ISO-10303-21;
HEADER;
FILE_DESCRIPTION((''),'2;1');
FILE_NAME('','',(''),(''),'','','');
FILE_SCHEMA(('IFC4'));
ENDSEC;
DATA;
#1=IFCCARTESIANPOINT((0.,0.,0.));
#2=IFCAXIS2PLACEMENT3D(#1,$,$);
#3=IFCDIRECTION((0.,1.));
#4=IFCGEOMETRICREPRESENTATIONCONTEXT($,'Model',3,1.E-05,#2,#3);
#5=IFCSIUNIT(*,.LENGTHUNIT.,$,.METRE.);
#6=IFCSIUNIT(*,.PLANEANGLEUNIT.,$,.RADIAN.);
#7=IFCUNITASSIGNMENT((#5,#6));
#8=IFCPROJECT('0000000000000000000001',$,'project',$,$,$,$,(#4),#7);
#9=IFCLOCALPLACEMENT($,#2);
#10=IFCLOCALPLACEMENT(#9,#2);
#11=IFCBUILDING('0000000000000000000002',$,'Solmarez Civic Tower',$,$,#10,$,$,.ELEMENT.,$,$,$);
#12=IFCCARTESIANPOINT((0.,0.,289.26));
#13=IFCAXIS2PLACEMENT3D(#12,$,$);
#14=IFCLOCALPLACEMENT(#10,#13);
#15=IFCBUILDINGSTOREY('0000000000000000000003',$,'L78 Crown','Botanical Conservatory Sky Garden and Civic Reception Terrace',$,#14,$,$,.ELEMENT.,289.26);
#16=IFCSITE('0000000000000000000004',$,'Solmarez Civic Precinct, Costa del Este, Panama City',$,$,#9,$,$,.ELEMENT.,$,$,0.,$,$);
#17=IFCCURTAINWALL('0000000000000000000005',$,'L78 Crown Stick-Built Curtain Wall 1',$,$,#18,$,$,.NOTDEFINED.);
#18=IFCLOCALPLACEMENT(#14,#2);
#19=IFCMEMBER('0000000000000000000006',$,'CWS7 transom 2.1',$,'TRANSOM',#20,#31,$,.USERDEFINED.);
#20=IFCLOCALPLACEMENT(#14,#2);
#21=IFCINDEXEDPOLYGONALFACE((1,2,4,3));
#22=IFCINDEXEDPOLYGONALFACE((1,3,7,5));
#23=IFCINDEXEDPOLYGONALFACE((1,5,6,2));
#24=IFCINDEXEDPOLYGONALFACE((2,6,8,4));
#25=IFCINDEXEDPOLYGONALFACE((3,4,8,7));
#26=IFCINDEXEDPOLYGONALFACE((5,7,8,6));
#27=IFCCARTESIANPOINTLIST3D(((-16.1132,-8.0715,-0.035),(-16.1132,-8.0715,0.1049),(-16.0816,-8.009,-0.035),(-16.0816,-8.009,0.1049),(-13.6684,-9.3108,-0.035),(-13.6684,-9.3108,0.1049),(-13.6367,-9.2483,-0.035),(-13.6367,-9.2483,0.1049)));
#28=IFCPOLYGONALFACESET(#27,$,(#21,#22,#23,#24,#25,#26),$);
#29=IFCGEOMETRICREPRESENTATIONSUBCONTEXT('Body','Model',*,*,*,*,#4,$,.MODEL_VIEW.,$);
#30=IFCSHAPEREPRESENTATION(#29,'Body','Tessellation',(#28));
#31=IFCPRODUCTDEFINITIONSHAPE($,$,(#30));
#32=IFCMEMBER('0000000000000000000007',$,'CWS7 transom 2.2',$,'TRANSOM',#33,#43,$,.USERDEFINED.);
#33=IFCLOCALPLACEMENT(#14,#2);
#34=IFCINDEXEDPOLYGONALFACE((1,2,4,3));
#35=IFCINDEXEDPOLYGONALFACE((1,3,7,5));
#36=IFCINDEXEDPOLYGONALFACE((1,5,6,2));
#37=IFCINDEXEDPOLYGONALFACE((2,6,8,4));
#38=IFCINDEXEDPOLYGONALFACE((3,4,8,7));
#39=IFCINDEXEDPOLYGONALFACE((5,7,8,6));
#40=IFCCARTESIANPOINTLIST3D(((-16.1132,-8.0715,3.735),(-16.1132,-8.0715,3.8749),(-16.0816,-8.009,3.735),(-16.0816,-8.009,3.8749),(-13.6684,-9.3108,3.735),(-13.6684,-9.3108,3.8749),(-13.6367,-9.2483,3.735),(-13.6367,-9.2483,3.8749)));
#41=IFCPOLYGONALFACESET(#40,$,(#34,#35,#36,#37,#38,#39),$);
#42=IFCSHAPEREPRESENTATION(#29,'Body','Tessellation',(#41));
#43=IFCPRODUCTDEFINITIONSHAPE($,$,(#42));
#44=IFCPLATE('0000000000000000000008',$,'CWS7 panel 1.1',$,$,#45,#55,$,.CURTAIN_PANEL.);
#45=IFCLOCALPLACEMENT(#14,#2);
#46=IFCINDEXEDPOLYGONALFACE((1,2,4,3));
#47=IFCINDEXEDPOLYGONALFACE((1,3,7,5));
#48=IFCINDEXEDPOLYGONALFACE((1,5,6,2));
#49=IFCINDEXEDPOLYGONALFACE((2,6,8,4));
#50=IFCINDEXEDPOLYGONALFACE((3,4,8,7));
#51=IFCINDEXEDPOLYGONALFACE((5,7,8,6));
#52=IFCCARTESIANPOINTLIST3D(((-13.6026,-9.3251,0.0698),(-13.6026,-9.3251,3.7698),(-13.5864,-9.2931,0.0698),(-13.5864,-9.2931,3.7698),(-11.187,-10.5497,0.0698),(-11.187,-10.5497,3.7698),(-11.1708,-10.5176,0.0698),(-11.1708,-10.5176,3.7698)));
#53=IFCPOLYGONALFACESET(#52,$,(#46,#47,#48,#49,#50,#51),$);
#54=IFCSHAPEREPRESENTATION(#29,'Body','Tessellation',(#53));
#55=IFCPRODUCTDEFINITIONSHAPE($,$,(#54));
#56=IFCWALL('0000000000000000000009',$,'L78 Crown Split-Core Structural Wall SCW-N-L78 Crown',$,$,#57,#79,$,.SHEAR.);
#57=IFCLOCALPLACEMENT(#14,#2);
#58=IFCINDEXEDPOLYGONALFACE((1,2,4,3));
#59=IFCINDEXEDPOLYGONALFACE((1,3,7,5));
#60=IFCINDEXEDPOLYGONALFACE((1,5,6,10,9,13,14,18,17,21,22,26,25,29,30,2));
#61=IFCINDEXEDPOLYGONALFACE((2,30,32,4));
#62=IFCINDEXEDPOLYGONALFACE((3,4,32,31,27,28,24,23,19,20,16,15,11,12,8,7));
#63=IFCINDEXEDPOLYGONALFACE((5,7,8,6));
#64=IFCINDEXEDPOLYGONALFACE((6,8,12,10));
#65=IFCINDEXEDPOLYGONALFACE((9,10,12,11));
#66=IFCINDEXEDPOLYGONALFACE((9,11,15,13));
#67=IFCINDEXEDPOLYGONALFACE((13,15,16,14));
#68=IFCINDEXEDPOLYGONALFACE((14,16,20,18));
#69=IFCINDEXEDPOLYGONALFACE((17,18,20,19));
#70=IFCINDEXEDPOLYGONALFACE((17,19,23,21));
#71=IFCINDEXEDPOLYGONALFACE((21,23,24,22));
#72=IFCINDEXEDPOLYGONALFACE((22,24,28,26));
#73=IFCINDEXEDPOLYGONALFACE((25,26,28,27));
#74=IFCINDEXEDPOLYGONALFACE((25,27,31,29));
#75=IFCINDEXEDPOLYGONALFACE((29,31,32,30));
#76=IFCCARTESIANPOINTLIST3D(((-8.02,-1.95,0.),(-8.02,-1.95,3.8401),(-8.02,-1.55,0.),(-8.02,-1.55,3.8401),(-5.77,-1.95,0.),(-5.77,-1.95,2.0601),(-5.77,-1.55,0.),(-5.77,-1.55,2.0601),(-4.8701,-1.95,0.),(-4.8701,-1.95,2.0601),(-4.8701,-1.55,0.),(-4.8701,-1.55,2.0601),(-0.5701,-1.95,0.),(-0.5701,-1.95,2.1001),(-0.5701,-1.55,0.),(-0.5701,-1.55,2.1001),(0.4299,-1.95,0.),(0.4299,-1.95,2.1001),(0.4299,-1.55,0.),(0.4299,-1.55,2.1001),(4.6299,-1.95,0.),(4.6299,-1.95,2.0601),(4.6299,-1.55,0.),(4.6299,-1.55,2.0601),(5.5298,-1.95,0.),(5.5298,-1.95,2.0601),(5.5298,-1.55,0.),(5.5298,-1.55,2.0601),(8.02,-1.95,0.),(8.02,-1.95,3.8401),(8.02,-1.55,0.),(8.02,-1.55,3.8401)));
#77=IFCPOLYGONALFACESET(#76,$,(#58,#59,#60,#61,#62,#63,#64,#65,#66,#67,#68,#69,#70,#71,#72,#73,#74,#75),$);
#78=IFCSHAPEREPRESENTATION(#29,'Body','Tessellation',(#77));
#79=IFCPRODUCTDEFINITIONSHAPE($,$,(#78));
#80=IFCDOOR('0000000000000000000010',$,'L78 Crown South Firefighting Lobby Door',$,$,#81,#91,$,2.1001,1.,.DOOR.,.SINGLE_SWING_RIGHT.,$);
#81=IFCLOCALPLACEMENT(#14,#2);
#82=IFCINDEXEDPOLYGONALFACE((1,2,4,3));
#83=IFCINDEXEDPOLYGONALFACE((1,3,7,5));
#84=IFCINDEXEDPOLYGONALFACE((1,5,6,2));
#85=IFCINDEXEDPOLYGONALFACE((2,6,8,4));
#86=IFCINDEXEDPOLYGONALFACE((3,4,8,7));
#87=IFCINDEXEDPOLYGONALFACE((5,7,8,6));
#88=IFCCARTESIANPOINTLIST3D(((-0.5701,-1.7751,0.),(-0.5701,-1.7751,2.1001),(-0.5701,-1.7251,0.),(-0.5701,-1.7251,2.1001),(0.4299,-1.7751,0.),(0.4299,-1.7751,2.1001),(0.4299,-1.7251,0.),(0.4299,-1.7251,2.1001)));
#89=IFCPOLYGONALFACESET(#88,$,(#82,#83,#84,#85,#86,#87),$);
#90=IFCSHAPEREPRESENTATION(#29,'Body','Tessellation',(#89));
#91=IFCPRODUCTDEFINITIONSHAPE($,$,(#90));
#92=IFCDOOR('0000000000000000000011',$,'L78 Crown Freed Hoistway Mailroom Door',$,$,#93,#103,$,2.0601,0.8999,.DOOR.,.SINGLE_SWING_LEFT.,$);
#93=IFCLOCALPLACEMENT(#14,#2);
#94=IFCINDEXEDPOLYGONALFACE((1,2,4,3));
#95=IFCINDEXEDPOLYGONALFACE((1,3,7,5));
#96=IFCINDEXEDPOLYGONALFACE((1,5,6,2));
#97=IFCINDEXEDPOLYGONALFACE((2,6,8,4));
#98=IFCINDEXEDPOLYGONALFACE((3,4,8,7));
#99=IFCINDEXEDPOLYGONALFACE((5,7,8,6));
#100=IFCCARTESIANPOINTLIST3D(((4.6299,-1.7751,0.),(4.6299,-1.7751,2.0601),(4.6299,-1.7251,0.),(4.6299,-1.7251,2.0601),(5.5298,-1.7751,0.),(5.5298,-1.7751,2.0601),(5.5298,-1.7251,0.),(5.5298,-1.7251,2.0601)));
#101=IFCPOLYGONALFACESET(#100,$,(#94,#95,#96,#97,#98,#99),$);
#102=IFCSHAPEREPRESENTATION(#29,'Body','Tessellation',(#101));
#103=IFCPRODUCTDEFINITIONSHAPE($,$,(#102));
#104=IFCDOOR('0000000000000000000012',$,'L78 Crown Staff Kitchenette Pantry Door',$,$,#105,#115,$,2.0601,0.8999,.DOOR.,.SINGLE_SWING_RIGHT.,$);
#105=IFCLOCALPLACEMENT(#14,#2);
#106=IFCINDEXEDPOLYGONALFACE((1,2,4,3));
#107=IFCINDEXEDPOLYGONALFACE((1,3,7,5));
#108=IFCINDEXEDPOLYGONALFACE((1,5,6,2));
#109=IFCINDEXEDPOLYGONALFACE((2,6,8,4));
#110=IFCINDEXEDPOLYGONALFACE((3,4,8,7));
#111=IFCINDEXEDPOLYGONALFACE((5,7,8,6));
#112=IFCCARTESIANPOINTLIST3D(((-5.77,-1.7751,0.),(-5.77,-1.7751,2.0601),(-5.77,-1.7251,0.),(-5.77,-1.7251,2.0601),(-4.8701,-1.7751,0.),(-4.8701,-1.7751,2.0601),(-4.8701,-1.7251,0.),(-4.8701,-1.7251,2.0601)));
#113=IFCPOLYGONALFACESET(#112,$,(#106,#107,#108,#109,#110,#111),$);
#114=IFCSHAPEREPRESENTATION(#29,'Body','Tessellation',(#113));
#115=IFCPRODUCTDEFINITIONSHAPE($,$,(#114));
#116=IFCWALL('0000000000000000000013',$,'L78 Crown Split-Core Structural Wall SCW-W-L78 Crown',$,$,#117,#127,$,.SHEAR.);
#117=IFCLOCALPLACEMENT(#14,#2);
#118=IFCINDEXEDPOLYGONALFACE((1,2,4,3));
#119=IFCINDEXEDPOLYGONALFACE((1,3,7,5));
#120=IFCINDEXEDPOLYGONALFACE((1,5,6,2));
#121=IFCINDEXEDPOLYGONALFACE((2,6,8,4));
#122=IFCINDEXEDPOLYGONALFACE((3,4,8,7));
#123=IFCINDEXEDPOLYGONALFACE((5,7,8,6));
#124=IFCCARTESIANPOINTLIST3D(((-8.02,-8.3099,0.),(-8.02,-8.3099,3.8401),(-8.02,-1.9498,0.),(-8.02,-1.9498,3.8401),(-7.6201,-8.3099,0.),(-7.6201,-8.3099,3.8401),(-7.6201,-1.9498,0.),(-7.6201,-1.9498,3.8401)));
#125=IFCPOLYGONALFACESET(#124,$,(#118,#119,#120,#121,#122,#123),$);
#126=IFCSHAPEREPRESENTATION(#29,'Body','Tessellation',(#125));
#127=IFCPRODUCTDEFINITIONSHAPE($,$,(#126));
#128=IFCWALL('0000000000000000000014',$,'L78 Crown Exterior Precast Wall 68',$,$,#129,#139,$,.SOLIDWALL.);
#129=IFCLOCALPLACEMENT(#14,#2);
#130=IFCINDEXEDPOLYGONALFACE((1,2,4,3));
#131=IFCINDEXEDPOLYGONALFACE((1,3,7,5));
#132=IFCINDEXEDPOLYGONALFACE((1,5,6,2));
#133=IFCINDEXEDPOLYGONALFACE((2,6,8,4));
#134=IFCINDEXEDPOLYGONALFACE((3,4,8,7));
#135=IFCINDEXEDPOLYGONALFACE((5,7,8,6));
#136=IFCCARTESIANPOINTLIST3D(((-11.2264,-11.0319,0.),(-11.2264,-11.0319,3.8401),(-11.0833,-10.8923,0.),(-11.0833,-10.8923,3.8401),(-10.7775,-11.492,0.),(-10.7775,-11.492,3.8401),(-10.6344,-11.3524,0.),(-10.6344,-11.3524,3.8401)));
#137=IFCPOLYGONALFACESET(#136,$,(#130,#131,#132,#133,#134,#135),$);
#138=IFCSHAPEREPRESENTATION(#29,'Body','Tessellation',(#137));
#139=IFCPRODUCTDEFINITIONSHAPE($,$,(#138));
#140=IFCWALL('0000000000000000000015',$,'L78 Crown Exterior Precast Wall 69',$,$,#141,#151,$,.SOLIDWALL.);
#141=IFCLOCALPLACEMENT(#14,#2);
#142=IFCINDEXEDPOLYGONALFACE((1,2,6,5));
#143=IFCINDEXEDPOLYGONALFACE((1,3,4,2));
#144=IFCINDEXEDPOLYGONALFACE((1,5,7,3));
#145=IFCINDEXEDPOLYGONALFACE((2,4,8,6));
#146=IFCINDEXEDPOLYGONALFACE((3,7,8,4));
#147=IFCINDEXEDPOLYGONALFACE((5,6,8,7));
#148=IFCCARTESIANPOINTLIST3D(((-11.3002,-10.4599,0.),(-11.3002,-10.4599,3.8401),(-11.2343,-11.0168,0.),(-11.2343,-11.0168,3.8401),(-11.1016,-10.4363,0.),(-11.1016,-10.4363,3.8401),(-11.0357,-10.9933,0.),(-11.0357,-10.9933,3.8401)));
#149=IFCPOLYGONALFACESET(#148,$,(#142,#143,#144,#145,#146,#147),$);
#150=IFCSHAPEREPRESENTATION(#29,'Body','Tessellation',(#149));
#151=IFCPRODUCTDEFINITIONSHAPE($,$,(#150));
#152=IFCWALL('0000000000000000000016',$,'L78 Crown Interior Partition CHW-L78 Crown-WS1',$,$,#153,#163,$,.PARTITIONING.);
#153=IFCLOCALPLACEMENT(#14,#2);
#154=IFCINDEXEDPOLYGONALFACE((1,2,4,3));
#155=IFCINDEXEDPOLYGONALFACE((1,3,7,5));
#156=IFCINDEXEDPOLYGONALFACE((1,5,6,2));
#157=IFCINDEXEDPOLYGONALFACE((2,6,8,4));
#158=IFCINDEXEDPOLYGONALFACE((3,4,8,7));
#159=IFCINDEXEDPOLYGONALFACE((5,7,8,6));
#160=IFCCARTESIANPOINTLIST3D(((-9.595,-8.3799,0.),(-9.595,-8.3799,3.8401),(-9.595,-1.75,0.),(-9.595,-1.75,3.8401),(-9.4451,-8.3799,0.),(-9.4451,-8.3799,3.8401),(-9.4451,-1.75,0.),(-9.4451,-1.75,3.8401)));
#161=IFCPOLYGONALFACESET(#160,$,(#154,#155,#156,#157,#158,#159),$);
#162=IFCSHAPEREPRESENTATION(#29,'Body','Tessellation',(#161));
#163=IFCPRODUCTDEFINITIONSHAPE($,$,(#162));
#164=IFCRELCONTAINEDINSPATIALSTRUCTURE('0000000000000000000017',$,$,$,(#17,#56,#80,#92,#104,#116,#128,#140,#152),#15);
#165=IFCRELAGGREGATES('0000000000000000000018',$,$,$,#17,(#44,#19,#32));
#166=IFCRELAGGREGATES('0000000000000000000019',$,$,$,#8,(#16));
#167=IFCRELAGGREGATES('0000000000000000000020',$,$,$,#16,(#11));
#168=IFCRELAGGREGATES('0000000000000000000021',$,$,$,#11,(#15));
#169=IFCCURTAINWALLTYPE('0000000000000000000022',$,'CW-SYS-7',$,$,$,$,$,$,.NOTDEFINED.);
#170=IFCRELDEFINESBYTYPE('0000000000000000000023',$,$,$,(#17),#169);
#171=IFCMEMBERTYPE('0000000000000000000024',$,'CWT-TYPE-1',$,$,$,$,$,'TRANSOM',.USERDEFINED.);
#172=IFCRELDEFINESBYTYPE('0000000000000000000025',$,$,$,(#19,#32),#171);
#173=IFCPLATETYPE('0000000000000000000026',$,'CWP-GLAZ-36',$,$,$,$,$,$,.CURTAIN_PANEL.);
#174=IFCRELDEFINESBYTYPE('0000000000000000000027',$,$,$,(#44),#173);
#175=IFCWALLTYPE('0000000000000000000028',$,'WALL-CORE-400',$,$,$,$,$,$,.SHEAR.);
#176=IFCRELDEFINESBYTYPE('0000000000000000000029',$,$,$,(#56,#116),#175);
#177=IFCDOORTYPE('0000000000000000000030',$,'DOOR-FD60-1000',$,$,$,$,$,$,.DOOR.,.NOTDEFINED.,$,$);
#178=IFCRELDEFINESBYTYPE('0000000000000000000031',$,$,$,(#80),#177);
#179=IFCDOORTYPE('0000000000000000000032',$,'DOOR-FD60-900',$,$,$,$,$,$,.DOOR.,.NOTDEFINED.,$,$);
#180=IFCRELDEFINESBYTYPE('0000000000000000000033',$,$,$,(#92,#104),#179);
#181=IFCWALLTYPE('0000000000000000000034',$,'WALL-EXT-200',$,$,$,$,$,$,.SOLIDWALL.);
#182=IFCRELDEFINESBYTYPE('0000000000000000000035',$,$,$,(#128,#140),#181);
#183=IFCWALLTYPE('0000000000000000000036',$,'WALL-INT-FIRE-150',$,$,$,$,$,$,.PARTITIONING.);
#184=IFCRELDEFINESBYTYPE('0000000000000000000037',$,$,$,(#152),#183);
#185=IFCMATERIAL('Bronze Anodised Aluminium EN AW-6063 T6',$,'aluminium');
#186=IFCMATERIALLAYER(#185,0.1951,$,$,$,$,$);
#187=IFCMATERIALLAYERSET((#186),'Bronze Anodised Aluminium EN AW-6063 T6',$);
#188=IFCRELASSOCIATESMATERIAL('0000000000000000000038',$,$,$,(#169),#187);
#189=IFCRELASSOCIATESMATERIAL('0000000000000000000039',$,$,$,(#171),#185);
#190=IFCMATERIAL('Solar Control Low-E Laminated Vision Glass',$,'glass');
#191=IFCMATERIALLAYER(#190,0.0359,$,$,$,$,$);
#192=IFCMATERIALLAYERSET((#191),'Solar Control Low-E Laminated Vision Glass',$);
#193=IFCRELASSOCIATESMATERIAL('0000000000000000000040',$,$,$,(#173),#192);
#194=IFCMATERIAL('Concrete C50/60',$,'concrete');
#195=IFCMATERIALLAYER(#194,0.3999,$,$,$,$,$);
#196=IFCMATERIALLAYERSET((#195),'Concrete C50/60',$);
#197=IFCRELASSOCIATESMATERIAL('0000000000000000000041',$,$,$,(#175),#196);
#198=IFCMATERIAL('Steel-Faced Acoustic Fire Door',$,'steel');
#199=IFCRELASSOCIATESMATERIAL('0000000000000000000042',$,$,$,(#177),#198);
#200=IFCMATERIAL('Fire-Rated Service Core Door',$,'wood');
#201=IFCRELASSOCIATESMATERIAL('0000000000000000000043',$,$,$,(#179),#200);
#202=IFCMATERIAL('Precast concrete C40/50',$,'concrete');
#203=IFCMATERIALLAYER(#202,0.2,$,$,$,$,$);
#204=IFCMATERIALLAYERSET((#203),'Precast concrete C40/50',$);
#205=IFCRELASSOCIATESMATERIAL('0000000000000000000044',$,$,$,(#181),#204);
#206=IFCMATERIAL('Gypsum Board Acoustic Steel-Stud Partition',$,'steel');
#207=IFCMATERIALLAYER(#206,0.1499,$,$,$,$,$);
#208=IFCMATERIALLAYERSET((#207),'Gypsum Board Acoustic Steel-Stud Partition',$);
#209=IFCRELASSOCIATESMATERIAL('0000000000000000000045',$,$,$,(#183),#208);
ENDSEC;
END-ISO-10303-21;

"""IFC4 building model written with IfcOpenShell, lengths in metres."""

from ifc_helpers import new_model, si_unit, direction, frame, frame_2d, origin, origin_2d, place, context, subcontext, project, spatial, rectangle, extrude, material, layer, layer_set, material_profile, profile_set, type_object, element, fill, aggregate, save


model = new_model("IFC4")

# Units and contexts
model_context = context("Model", 3, precision=1e-05, world=origin(), true_north=direction((0.0, 1.0)))
body_context = subcontext(model_context, "Body", "Model", "MODEL_VIEW")
ifc_project = project(units=[si_unit("LENGTHUNIT", "METRE"), si_unit("PLANEANGLEUNIT", "RADIAN")], contexts=[model_context])

# Site, building, storey
site_placement = place(None, origin())
site = spatial("IfcSite", under=ifc_project, at=site_placement, Name="Solmarez Civic Precinct, Costa del Este, Panama City", CompositionType="ELEMENT", RefElevation=0.0)
building_placement = place(site_placement, origin())
building = spatial("IfcBuilding", under=site, at=building_placement, Name="Solmarez Civic Tower", CompositionType="ELEMENT")
storey_placement = place(building_placement, frame((0.0, 0.0, 289.26)))
storey = spatial("IfcBuildingStorey", under=building, at=storey_placement, Name="L78 Crown", Description="Botanical Conservatory Sky Garden and Civic Reception Terrace", CompositionType="ELEMENT", Elevation=289.26)

# Curtain wall, members, plate
ifc_material_1 = material(Name="Bronze Anodised Aluminium EN AW-6063 T6", Category="aluminium")
ifc_layer_1 = layer(ifc_material_1, 0.1951)
ifc_layer_set_1 = layer_set([ifc_layer_1], Name="Bronze Anodised Aluminium EN AW-6063 T6")
curtain_wall_type = type_object("IfcCurtainWallType", Name="CW-SYS-7", PredefinedType="NOTDEFINED", material=ifc_layer_set_1)
curtain_wall_placement = place(storey_placement, origin())
curtain_wall = element("IfcCurtainWall", 1, at=curtain_wall_placement, inside=storey, type_object=curtain_wall_type, Name="L78 Crown Stick-Built Curtain Wall 1", PredefinedType="NOTDEFINED")
ifc_material_profile_1 = material_profile(ifc_material_1, rectangle(XDim=0.0701, YDim=0.1399, at=origin_2d()), Name="CWT-70X140")
ifc_profile_set_1 = profile_set([ifc_material_profile_1], Name="Bronze Anodised Aluminium EN AW-6063 T6")
member_type_1 = type_object("IfcMemberType", Name="CWT-TYPE-1", ElementType="TRANSOM", PredefinedType="USERDEFINED", material=ifc_profile_set_1)
member_1_placement = place(storey_placement, frame((-13.6526, -9.2795, 0.0349), z_axis=(-0.891955, 0.452124, 0.0), x_axis=(-0.452124, -0.891955, 0.0)))
member_1 = element("IfcMember", 2, at=member_1_placement, type_object=member_type_1, Name="CWS7 transom 2.1", ObjectType="TRANSOM", PredefinedType="USERDEFINED", context=body_context, shape_type="SweptSolid", body=[
    extrude(rectangle(XDim=0.0701, YDim=0.1399, at=origin_2d()), origin(), (0.0, 0.0, 1.0), 2.741),
])
member_2_placement = place(storey_placement, frame((-13.6526, -9.2795, 3.8049), z_axis=(-0.891955, 0.452124, 0.0), x_axis=(-0.452124, -0.891955, 0.0)))
member_2 = element("IfcMember", 3, at=member_2_placement, type_object=member_type_1, Name="CWS7 transom 2.2", ObjectType="TRANSOM", PredefinedType="USERDEFINED", context=body_context, shape_type="SweptSolid", body=[
    extrude(rectangle(XDim=0.0701, YDim=0.1399, at=origin_2d()), origin(), (0.0, 0.0, 1.0), 2.741),
])
ifc_material_2 = material(Name="Solar Control Low-E Laminated Vision Glass", Category="glass")
ifc_layer_2 = layer(ifc_material_2, 0.0359)
ifc_layer_set_2 = layer_set([ifc_layer_2], Name="Solar Control Low-E Laminated Vision Glass")
plate_type = type_object("IfcPlateType", Name="CWP-GLAZ-36", PredefinedType="CURTAIN_PANEL", material=ifc_layer_set_2)
plate_placement = place(storey_placement, frame((-12.3867, -9.9214, 0.0698), z_axis=(0.0, 0.0, 1.0), x_axis=(-0.891943, 0.452149, 0.0)))
plate = element("IfcPlate", 4, at=plate_placement, type_object=plate_type, Name="CWS7 panel 1.1", PredefinedType="CURTAIN_PANEL", context=body_context, shape_type="SweptSolid", body=[
    extrude(rectangle(XDim=2.7083, YDim=0.0359, at=origin_2d()), origin(), (0.0, 0.0, 1.0), 3.7),
])
aggregate(curtain_wall, [plate, member_1, member_2])

# Wall, openings, doors
ifc_material_3 = material(Name="Concrete C50/60", Category="concrete")
ifc_layer_3 = layer(ifc_material_3, 0.3999)
ifc_layer_set_3 = layer_set([ifc_layer_3], Name="Concrete C50/60")
wall_type_1 = type_object("IfcWallType", Name="WALL-CORE-400", PredefinedType="SHEAR", material=ifc_layer_set_3)
wall_1_placement = place(storey_placement, frame((-8.02, -1.75, 0.0), z_axis=(0.0, 0.0, 1.0), x_axis=(1.0, 0.0, 0.0)))
wall_1 = element("IfcWall", 5, at=wall_1_placement, inside=storey, type_object=wall_type_1, Name="L78 Crown Split-Core Structural Wall SCW-N-L78 Crown", PredefinedType="SHEAR", context=body_context, shape_type="SweptSolid", body=[
    extrude(rectangle(XDim=16.04, YDim=0.3999, at=frame_2d((8.02, 0.0))), origin(), (0.0, 0.0, 1.0), 3.8401),
])
opening_1_placement = place(wall_1_placement, frame((7.45, 0.0, 0.0)))
opening_1 = element("IfcOpeningElement", 6, at=opening_1_placement, cuts=wall_1, PredefinedType="OPENING", context=body_context, shape_type="SweptSolid", body=[
    extrude(rectangle(XDim=1.0, YDim=2.1001, at=frame_2d((0.5, 1.05))), frame((0.0, 0.21, 0.0), z_axis=(0.0, -1.0, 0.0), x_axis=(1.0, 0.0, 0.0)), (0.0, 0.0, 1.0), 0.4199),
])
opening_2_placement = place(wall_1_placement, frame((12.6499, 0.0, 0.0)))
opening_2 = element("IfcOpeningElement", 7, at=opening_2_placement, cuts=wall_1, PredefinedType="OPENING", context=body_context, shape_type="SweptSolid", body=[
    extrude(rectangle(XDim=0.8999, YDim=2.0601, at=frame_2d((0.45, 1.03))), frame((0.0, 0.21, 0.0), z_axis=(0.0, -1.0, 0.0), x_axis=(1.0, 0.0, 0.0)), (0.0, 0.0, 1.0), 0.4199),
])
opening_3_placement = place(wall_1_placement, frame((2.25, 0.0, 0.0)))
opening_3 = element("IfcOpeningElement", 8, at=opening_3_placement, cuts=wall_1, PredefinedType="OPENING", context=body_context, shape_type="SweptSolid", body=[
    extrude(rectangle(XDim=0.8999, YDim=2.0601, at=frame_2d((0.45, 1.03))), frame((0.0, 0.21, 0.0), z_axis=(0.0, -1.0, 0.0), x_axis=(1.0, 0.0, 0.0)), (0.0, 0.0, 1.0), 0.4199),
])
ifc_material_4 = material(Name="Steel-Faced Acoustic Fire Door", Category="steel")
door_type_1 = type_object("IfcDoorType", Name="DOOR-FD60-1000", OperationType="NOTDEFINED", PredefinedType="DOOR", material=ifc_material_4)
door_1_placement = place(opening_1_placement, origin())
door_1 = element("IfcDoor", 9, at=door_1_placement, inside=storey, type_object=door_type_1, Name="L78 Crown South Firefighting Lobby Door", OperationType="SINGLE_SWING_RIGHT", OverallHeight=2.1001, OverallWidth=1.0, PredefinedType="DOOR", context=body_context, shape_type="SweptSolid", body=[
    extrude(rectangle(XDim=1.0, YDim=2.1001, at=frame_2d((0.5, 1.05))), frame((0.0, 0.0249, 0.0), z_axis=(0.0, -1.0, 0.0), x_axis=(1.0, 0.0, 0.0)), (0.0, 0.0, 1.0), 0.05),
])
fill(opening_1, door_1)
ifc_material_5 = material(Name="Fire-Rated Service Core Door", Category="wood")
door_type_2 = type_object("IfcDoorType", Name="DOOR-FD60-900", OperationType="NOTDEFINED", PredefinedType="DOOR", material=ifc_material_5)
door_2_placement = place(opening_2_placement, origin())
door_2 = element("IfcDoor", 10, at=door_2_placement, inside=storey, type_object=door_type_2, Name="L78 Crown Freed Hoistway Mailroom Door", OperationType="SINGLE_SWING_LEFT", OverallHeight=2.0601, OverallWidth=0.8999, PredefinedType="DOOR", context=body_context, shape_type="SweptSolid", body=[
    extrude(rectangle(XDim=0.8999, YDim=2.0601, at=frame_2d((0.45, 1.03))), frame((0.0, 0.0249, 0.0), z_axis=(0.0, -1.0, 0.0), x_axis=(1.0, 0.0, 0.0)), (0.0, 0.0, 1.0), 0.05),
])
fill(opening_2, door_2)
door_3_placement = place(opening_3_placement, origin())
door_3 = element("IfcDoor", 11, at=door_3_placement, inside=storey, type_object=door_type_2, Name="L78 Crown Staff Kitchenette Pantry Door", OperationType="SINGLE_SWING_RIGHT", OverallHeight=2.0601, OverallWidth=0.8999, PredefinedType="DOOR", context=body_context, shape_type="SweptSolid", body=[
    extrude(rectangle(XDim=0.8999, YDim=2.0601, at=frame_2d((0.45, 1.03))), frame((0.0, 0.0249, 0.0), z_axis=(0.0, -1.0, 0.0), x_axis=(1.0, 0.0, 0.0)), (0.0, 0.0, 1.0), 0.05),
])
fill(opening_3, door_3)

# Walls
wall_2_placement = place(storey_placement, frame((-7.8201, -8.3101, 0.0), z_axis=(0.0, 0.0, 1.0), x_axis=(0.0, 1.0, 0.0)))
element("IfcWall", 12, at=wall_2_placement, inside=storey, type_object=wall_type_1, Name="L78 Crown Split-Core Structural Wall SCW-W-L78 Crown", PredefinedType="SHEAR", context=body_context, shape_type="SweptSolid", body=[
    extrude(rectangle(XDim=6.3601, YDim=0.3999, at=frame_2d((3.1802, 0.0))), origin(), (0.0, 0.0, 1.0), 3.8401),
])
ifc_material_6 = material(Name="Precast concrete C40/50", Category="concrete")
ifc_layer_4 = layer(ifc_material_6, 0.2)
ifc_layer_set_4 = layer_set([ifc_layer_4], Name="Precast concrete C40/50")
wall_type_2 = type_object("IfcWallType", Name="WALL-EXT-200", PredefinedType="SOLIDWALL", material=ifc_layer_set_4)
wall_3_placement = place(storey_placement, frame((-10.7061, -11.4221, 0.0), z_axis=(0.0, 0.0, 1.0), x_axis=(-0.698319, 0.715787, 0.0)))
element("IfcWall", 13, at=wall_3_placement, inside=storey, type_object=wall_type_2, Name="L78 Crown Exterior Precast Wall 68", PredefinedType="SOLIDWALL", context=body_context, shape_type="SweptSolid", body=[
    extrude(rectangle(XDim=0.6428, YDim=0.2, at=frame_2d((0.3213, 0.0))), origin(), (0.0, 0.0, 1.0), 3.8401),
])
wall_4_placement = place(storey_placement, frame((-11.135, -11.0049, 0.0), z_axis=(0.0, 0.0, 1.0), x_axis=(-0.117549, 0.993067, 0.0)))
element("IfcWall", 14, at=wall_4_placement, inside=storey, type_object=wall_type_2, Name="L78 Crown Exterior Precast Wall 69", PredefinedType="SOLIDWALL", context=body_context, shape_type="SweptSolid", body=[
    extrude(rectangle(XDim=0.5608, YDim=0.2, at=frame_2d((0.2803, 0.0))), origin(), (0.0, 0.0, 1.0), 3.8401),
])
ifc_material_7 = material(Name="Gypsum Board Acoustic Steel-Stud Partition", Category="steel")
ifc_layer_5 = layer(ifc_material_7, 0.1499)
ifc_layer_set_5 = layer_set([ifc_layer_5], Name="Gypsum Board Acoustic Steel-Stud Partition")
wall_type_3 = type_object("IfcWallType", Name="WALL-INT-FIRE-150", PredefinedType="PARTITIONING", material=ifc_layer_set_5)
wall_5_placement = place(storey_placement, frame((-9.52, -8.3799, 0.0), z_axis=(0.0, 0.0, 1.0), x_axis=(0.0, 1.0, 0.0)))
element("IfcWall", 15, at=wall_5_placement, inside=storey, type_object=wall_type_3, Name="L78 Crown Interior Partition CHW-L78 Crown-WS1", PredefinedType="PARTITIONING", context=body_context, shape_type="SweptSolid", body=[
    extrude(rectangle(XDim=6.6299, YDim=0.1499, at=frame_2d((3.3149, 0.0))), origin(), (0.0, 0.0, 1.0), 3.8401),
])

save(model, "model.ifc")
